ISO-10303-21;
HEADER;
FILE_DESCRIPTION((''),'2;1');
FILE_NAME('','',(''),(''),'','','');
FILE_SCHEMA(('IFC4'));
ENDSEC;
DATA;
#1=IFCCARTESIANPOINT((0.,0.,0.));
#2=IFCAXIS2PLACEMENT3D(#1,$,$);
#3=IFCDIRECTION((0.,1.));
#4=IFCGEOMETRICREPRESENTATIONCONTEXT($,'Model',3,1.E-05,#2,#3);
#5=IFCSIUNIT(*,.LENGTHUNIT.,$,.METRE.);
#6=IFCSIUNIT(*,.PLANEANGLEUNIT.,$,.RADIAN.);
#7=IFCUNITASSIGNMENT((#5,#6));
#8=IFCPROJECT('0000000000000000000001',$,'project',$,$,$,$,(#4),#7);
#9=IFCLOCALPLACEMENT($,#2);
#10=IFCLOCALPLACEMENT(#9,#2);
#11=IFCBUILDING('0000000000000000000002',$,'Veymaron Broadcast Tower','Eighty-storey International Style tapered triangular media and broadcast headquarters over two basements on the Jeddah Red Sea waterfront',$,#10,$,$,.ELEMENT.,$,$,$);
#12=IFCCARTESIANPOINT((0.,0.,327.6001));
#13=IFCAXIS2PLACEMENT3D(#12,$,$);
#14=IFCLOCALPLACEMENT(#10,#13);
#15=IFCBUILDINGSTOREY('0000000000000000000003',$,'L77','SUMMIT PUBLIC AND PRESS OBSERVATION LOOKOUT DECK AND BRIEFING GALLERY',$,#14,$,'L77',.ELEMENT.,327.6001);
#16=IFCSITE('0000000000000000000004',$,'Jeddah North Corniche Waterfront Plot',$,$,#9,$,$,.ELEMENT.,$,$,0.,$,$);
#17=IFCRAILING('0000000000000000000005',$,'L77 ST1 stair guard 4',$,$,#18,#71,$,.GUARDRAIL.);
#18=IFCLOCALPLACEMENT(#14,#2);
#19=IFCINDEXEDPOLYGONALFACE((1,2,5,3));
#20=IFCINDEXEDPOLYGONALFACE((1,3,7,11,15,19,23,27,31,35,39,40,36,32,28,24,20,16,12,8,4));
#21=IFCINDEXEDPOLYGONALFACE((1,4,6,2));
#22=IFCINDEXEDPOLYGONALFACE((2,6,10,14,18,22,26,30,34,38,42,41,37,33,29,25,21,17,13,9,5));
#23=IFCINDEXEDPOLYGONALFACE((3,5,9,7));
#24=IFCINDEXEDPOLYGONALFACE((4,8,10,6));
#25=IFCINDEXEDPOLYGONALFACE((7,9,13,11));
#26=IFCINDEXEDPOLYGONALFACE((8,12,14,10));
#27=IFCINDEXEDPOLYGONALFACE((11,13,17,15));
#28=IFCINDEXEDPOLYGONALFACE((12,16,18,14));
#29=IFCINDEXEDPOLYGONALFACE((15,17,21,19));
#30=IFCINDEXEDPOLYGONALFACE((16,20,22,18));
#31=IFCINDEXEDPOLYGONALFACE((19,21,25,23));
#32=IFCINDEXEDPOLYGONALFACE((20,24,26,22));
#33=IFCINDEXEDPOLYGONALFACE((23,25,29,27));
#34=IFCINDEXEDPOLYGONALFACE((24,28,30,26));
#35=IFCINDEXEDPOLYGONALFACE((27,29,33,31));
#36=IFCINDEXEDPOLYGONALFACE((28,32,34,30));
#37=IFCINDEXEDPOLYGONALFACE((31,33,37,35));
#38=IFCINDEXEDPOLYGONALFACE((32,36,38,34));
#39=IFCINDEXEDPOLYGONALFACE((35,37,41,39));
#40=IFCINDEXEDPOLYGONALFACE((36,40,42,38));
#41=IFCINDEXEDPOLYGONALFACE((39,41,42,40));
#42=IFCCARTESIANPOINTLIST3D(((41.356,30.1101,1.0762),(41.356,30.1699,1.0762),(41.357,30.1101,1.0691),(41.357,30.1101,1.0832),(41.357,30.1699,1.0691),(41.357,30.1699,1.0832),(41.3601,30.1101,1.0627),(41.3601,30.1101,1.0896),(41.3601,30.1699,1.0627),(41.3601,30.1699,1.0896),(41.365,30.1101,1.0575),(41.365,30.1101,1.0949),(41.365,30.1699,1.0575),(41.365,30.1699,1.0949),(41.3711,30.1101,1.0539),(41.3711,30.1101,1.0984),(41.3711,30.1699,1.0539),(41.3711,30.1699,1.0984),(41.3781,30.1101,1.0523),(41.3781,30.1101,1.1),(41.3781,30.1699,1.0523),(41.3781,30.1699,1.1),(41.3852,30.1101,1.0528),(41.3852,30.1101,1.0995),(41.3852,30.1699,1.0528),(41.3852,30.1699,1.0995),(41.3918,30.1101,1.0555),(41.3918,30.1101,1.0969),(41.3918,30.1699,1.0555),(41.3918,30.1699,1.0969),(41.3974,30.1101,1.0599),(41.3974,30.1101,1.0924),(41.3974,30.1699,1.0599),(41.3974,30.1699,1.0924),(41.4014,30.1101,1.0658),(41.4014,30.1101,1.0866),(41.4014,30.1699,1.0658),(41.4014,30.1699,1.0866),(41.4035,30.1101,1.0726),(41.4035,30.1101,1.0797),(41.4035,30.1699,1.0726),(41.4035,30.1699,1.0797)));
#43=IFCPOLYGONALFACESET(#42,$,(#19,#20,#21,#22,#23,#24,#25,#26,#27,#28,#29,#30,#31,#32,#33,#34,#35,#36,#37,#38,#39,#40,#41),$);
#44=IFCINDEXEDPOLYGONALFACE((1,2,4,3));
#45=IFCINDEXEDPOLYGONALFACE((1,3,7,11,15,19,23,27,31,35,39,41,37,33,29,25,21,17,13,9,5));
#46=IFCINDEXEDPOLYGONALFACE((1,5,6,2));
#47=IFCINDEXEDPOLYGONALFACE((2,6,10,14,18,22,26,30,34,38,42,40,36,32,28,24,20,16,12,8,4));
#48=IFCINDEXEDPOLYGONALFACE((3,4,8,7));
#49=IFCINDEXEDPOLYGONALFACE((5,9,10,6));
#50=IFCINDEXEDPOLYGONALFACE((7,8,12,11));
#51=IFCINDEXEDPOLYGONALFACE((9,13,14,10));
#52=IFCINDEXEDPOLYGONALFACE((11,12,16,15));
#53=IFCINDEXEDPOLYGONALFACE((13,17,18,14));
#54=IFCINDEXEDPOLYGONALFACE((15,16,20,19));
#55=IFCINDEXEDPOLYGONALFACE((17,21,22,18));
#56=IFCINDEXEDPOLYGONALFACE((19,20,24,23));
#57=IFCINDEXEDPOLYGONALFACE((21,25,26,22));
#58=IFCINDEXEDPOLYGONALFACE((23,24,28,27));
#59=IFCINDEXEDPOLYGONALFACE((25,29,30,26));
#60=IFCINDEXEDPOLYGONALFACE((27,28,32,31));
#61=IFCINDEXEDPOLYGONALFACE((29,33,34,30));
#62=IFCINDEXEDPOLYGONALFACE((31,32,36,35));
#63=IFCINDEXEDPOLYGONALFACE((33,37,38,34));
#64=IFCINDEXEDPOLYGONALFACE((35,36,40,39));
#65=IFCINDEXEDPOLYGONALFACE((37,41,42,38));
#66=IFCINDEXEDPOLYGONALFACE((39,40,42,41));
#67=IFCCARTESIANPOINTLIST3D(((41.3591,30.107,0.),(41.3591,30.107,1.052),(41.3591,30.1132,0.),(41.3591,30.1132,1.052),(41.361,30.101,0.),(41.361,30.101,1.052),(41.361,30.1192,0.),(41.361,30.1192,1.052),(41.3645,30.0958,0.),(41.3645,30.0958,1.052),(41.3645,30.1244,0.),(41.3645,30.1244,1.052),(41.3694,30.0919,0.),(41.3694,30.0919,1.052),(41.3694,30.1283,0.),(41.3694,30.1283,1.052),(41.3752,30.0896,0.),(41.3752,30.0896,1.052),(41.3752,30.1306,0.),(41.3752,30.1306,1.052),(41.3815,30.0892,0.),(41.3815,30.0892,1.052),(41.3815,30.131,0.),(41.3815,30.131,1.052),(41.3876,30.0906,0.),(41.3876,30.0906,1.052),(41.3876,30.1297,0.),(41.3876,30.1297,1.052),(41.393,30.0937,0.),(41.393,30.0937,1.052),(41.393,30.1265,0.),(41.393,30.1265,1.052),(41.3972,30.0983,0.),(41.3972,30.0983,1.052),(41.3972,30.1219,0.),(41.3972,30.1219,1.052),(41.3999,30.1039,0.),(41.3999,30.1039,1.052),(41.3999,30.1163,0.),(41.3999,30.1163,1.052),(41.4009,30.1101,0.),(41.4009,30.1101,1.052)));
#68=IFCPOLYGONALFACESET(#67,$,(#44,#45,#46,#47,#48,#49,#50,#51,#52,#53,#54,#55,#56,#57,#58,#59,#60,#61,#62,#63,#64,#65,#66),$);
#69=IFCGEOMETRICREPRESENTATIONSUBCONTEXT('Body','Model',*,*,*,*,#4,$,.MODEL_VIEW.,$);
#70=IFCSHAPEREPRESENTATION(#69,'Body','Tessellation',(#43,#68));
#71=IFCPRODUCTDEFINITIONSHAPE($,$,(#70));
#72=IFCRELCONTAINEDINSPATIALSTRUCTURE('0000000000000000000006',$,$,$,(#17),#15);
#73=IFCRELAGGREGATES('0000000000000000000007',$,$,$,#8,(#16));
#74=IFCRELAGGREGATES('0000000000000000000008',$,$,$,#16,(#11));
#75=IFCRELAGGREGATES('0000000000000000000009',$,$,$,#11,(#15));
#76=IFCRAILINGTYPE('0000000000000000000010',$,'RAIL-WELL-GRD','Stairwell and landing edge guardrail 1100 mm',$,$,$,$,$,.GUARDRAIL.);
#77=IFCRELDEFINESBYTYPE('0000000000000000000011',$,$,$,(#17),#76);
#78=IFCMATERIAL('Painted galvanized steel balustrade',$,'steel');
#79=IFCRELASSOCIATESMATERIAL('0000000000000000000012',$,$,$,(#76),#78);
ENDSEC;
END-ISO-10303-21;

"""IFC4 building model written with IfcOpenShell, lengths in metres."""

from ifc_helpers import new_model, si_unit, direction, frame, origin, origin_2d, place, context, subcontext, project, spatial, circle, extrude, material, type_object, element, save


model = new_model("IFC4")

# Units and contexts
model_context = context("Model", 3, precision=1e-05, world=origin(), true_north=direction((0.0, 1.0)))
body_context = subcontext(model_context, "Body", "Model", "MODEL_VIEW")
ifc_project = project(units=[si_unit("LENGTHUNIT", "METRE"), si_unit("PLANEANGLEUNIT", "RADIAN")], contexts=[model_context])

# Site, building, storey
site_placement = place(None, origin())
site = spatial("IfcSite", under=ifc_project, at=site_placement, Name="Jeddah North Corniche Waterfront Plot", CompositionType="ELEMENT", RefElevation=0.0)
building_placement = place(site_placement, origin())
building = spatial("IfcBuilding", under=site, at=building_placement, Name="Veymaron Broadcast Tower", Description="Eighty-storey International Style tapered triangular media and broadcast headquarters over two basements on the Jeddah Red Sea waterfront", CompositionType="ELEMENT")
storey_placement = place(building_placement, frame((0.0, 0.0, 327.6001)))
storey = spatial("IfcBuildingStorey", under=building, at=storey_placement, Name="L77", Description="SUMMIT PUBLIC AND PRESS OBSERVATION LOOKOUT DECK AND BRIEFING GALLERY", LongName="L77", CompositionType="ELEMENT", Elevation=327.6001)

# Railing
ifc_material_1 = material(Name="Painted galvanized steel balustrade", Category="steel")
railing_type_1 = type_object("IfcRailingType", Name="RAIL-WELL-GRD", Description="Stairwell and landing edge guardrail 1100 mm", PredefinedType="GUARDRAIL", material=ifc_material_1)
railing_1_placement = place(storey_placement, frame((41.3799, 30.1101, 0.0)))
element("IfcRailing", 1, at=railing_1_placement, inside=storey, type_object=railing_type_1, Name="L77 ST1 stair guard 4", PredefinedType="GUARDRAIL", context=body_context, shape_type="SweptSolid", body=[
    extrude(circle(Radius=0.0239, at=origin_2d()), frame((0.0, 0.0, 1.0762), z_axis=(0.0, 1.0, 0.0), x_axis=(-1.0, 0.0, 0.0)), (0.0, 0.0, 1.0), 0.0598),
    extrude(circle(Radius=0.021, at=origin_2d()), origin(), (0.0, 0.0, 1.0), 1.052),
])

save(model, "model.ifc")
